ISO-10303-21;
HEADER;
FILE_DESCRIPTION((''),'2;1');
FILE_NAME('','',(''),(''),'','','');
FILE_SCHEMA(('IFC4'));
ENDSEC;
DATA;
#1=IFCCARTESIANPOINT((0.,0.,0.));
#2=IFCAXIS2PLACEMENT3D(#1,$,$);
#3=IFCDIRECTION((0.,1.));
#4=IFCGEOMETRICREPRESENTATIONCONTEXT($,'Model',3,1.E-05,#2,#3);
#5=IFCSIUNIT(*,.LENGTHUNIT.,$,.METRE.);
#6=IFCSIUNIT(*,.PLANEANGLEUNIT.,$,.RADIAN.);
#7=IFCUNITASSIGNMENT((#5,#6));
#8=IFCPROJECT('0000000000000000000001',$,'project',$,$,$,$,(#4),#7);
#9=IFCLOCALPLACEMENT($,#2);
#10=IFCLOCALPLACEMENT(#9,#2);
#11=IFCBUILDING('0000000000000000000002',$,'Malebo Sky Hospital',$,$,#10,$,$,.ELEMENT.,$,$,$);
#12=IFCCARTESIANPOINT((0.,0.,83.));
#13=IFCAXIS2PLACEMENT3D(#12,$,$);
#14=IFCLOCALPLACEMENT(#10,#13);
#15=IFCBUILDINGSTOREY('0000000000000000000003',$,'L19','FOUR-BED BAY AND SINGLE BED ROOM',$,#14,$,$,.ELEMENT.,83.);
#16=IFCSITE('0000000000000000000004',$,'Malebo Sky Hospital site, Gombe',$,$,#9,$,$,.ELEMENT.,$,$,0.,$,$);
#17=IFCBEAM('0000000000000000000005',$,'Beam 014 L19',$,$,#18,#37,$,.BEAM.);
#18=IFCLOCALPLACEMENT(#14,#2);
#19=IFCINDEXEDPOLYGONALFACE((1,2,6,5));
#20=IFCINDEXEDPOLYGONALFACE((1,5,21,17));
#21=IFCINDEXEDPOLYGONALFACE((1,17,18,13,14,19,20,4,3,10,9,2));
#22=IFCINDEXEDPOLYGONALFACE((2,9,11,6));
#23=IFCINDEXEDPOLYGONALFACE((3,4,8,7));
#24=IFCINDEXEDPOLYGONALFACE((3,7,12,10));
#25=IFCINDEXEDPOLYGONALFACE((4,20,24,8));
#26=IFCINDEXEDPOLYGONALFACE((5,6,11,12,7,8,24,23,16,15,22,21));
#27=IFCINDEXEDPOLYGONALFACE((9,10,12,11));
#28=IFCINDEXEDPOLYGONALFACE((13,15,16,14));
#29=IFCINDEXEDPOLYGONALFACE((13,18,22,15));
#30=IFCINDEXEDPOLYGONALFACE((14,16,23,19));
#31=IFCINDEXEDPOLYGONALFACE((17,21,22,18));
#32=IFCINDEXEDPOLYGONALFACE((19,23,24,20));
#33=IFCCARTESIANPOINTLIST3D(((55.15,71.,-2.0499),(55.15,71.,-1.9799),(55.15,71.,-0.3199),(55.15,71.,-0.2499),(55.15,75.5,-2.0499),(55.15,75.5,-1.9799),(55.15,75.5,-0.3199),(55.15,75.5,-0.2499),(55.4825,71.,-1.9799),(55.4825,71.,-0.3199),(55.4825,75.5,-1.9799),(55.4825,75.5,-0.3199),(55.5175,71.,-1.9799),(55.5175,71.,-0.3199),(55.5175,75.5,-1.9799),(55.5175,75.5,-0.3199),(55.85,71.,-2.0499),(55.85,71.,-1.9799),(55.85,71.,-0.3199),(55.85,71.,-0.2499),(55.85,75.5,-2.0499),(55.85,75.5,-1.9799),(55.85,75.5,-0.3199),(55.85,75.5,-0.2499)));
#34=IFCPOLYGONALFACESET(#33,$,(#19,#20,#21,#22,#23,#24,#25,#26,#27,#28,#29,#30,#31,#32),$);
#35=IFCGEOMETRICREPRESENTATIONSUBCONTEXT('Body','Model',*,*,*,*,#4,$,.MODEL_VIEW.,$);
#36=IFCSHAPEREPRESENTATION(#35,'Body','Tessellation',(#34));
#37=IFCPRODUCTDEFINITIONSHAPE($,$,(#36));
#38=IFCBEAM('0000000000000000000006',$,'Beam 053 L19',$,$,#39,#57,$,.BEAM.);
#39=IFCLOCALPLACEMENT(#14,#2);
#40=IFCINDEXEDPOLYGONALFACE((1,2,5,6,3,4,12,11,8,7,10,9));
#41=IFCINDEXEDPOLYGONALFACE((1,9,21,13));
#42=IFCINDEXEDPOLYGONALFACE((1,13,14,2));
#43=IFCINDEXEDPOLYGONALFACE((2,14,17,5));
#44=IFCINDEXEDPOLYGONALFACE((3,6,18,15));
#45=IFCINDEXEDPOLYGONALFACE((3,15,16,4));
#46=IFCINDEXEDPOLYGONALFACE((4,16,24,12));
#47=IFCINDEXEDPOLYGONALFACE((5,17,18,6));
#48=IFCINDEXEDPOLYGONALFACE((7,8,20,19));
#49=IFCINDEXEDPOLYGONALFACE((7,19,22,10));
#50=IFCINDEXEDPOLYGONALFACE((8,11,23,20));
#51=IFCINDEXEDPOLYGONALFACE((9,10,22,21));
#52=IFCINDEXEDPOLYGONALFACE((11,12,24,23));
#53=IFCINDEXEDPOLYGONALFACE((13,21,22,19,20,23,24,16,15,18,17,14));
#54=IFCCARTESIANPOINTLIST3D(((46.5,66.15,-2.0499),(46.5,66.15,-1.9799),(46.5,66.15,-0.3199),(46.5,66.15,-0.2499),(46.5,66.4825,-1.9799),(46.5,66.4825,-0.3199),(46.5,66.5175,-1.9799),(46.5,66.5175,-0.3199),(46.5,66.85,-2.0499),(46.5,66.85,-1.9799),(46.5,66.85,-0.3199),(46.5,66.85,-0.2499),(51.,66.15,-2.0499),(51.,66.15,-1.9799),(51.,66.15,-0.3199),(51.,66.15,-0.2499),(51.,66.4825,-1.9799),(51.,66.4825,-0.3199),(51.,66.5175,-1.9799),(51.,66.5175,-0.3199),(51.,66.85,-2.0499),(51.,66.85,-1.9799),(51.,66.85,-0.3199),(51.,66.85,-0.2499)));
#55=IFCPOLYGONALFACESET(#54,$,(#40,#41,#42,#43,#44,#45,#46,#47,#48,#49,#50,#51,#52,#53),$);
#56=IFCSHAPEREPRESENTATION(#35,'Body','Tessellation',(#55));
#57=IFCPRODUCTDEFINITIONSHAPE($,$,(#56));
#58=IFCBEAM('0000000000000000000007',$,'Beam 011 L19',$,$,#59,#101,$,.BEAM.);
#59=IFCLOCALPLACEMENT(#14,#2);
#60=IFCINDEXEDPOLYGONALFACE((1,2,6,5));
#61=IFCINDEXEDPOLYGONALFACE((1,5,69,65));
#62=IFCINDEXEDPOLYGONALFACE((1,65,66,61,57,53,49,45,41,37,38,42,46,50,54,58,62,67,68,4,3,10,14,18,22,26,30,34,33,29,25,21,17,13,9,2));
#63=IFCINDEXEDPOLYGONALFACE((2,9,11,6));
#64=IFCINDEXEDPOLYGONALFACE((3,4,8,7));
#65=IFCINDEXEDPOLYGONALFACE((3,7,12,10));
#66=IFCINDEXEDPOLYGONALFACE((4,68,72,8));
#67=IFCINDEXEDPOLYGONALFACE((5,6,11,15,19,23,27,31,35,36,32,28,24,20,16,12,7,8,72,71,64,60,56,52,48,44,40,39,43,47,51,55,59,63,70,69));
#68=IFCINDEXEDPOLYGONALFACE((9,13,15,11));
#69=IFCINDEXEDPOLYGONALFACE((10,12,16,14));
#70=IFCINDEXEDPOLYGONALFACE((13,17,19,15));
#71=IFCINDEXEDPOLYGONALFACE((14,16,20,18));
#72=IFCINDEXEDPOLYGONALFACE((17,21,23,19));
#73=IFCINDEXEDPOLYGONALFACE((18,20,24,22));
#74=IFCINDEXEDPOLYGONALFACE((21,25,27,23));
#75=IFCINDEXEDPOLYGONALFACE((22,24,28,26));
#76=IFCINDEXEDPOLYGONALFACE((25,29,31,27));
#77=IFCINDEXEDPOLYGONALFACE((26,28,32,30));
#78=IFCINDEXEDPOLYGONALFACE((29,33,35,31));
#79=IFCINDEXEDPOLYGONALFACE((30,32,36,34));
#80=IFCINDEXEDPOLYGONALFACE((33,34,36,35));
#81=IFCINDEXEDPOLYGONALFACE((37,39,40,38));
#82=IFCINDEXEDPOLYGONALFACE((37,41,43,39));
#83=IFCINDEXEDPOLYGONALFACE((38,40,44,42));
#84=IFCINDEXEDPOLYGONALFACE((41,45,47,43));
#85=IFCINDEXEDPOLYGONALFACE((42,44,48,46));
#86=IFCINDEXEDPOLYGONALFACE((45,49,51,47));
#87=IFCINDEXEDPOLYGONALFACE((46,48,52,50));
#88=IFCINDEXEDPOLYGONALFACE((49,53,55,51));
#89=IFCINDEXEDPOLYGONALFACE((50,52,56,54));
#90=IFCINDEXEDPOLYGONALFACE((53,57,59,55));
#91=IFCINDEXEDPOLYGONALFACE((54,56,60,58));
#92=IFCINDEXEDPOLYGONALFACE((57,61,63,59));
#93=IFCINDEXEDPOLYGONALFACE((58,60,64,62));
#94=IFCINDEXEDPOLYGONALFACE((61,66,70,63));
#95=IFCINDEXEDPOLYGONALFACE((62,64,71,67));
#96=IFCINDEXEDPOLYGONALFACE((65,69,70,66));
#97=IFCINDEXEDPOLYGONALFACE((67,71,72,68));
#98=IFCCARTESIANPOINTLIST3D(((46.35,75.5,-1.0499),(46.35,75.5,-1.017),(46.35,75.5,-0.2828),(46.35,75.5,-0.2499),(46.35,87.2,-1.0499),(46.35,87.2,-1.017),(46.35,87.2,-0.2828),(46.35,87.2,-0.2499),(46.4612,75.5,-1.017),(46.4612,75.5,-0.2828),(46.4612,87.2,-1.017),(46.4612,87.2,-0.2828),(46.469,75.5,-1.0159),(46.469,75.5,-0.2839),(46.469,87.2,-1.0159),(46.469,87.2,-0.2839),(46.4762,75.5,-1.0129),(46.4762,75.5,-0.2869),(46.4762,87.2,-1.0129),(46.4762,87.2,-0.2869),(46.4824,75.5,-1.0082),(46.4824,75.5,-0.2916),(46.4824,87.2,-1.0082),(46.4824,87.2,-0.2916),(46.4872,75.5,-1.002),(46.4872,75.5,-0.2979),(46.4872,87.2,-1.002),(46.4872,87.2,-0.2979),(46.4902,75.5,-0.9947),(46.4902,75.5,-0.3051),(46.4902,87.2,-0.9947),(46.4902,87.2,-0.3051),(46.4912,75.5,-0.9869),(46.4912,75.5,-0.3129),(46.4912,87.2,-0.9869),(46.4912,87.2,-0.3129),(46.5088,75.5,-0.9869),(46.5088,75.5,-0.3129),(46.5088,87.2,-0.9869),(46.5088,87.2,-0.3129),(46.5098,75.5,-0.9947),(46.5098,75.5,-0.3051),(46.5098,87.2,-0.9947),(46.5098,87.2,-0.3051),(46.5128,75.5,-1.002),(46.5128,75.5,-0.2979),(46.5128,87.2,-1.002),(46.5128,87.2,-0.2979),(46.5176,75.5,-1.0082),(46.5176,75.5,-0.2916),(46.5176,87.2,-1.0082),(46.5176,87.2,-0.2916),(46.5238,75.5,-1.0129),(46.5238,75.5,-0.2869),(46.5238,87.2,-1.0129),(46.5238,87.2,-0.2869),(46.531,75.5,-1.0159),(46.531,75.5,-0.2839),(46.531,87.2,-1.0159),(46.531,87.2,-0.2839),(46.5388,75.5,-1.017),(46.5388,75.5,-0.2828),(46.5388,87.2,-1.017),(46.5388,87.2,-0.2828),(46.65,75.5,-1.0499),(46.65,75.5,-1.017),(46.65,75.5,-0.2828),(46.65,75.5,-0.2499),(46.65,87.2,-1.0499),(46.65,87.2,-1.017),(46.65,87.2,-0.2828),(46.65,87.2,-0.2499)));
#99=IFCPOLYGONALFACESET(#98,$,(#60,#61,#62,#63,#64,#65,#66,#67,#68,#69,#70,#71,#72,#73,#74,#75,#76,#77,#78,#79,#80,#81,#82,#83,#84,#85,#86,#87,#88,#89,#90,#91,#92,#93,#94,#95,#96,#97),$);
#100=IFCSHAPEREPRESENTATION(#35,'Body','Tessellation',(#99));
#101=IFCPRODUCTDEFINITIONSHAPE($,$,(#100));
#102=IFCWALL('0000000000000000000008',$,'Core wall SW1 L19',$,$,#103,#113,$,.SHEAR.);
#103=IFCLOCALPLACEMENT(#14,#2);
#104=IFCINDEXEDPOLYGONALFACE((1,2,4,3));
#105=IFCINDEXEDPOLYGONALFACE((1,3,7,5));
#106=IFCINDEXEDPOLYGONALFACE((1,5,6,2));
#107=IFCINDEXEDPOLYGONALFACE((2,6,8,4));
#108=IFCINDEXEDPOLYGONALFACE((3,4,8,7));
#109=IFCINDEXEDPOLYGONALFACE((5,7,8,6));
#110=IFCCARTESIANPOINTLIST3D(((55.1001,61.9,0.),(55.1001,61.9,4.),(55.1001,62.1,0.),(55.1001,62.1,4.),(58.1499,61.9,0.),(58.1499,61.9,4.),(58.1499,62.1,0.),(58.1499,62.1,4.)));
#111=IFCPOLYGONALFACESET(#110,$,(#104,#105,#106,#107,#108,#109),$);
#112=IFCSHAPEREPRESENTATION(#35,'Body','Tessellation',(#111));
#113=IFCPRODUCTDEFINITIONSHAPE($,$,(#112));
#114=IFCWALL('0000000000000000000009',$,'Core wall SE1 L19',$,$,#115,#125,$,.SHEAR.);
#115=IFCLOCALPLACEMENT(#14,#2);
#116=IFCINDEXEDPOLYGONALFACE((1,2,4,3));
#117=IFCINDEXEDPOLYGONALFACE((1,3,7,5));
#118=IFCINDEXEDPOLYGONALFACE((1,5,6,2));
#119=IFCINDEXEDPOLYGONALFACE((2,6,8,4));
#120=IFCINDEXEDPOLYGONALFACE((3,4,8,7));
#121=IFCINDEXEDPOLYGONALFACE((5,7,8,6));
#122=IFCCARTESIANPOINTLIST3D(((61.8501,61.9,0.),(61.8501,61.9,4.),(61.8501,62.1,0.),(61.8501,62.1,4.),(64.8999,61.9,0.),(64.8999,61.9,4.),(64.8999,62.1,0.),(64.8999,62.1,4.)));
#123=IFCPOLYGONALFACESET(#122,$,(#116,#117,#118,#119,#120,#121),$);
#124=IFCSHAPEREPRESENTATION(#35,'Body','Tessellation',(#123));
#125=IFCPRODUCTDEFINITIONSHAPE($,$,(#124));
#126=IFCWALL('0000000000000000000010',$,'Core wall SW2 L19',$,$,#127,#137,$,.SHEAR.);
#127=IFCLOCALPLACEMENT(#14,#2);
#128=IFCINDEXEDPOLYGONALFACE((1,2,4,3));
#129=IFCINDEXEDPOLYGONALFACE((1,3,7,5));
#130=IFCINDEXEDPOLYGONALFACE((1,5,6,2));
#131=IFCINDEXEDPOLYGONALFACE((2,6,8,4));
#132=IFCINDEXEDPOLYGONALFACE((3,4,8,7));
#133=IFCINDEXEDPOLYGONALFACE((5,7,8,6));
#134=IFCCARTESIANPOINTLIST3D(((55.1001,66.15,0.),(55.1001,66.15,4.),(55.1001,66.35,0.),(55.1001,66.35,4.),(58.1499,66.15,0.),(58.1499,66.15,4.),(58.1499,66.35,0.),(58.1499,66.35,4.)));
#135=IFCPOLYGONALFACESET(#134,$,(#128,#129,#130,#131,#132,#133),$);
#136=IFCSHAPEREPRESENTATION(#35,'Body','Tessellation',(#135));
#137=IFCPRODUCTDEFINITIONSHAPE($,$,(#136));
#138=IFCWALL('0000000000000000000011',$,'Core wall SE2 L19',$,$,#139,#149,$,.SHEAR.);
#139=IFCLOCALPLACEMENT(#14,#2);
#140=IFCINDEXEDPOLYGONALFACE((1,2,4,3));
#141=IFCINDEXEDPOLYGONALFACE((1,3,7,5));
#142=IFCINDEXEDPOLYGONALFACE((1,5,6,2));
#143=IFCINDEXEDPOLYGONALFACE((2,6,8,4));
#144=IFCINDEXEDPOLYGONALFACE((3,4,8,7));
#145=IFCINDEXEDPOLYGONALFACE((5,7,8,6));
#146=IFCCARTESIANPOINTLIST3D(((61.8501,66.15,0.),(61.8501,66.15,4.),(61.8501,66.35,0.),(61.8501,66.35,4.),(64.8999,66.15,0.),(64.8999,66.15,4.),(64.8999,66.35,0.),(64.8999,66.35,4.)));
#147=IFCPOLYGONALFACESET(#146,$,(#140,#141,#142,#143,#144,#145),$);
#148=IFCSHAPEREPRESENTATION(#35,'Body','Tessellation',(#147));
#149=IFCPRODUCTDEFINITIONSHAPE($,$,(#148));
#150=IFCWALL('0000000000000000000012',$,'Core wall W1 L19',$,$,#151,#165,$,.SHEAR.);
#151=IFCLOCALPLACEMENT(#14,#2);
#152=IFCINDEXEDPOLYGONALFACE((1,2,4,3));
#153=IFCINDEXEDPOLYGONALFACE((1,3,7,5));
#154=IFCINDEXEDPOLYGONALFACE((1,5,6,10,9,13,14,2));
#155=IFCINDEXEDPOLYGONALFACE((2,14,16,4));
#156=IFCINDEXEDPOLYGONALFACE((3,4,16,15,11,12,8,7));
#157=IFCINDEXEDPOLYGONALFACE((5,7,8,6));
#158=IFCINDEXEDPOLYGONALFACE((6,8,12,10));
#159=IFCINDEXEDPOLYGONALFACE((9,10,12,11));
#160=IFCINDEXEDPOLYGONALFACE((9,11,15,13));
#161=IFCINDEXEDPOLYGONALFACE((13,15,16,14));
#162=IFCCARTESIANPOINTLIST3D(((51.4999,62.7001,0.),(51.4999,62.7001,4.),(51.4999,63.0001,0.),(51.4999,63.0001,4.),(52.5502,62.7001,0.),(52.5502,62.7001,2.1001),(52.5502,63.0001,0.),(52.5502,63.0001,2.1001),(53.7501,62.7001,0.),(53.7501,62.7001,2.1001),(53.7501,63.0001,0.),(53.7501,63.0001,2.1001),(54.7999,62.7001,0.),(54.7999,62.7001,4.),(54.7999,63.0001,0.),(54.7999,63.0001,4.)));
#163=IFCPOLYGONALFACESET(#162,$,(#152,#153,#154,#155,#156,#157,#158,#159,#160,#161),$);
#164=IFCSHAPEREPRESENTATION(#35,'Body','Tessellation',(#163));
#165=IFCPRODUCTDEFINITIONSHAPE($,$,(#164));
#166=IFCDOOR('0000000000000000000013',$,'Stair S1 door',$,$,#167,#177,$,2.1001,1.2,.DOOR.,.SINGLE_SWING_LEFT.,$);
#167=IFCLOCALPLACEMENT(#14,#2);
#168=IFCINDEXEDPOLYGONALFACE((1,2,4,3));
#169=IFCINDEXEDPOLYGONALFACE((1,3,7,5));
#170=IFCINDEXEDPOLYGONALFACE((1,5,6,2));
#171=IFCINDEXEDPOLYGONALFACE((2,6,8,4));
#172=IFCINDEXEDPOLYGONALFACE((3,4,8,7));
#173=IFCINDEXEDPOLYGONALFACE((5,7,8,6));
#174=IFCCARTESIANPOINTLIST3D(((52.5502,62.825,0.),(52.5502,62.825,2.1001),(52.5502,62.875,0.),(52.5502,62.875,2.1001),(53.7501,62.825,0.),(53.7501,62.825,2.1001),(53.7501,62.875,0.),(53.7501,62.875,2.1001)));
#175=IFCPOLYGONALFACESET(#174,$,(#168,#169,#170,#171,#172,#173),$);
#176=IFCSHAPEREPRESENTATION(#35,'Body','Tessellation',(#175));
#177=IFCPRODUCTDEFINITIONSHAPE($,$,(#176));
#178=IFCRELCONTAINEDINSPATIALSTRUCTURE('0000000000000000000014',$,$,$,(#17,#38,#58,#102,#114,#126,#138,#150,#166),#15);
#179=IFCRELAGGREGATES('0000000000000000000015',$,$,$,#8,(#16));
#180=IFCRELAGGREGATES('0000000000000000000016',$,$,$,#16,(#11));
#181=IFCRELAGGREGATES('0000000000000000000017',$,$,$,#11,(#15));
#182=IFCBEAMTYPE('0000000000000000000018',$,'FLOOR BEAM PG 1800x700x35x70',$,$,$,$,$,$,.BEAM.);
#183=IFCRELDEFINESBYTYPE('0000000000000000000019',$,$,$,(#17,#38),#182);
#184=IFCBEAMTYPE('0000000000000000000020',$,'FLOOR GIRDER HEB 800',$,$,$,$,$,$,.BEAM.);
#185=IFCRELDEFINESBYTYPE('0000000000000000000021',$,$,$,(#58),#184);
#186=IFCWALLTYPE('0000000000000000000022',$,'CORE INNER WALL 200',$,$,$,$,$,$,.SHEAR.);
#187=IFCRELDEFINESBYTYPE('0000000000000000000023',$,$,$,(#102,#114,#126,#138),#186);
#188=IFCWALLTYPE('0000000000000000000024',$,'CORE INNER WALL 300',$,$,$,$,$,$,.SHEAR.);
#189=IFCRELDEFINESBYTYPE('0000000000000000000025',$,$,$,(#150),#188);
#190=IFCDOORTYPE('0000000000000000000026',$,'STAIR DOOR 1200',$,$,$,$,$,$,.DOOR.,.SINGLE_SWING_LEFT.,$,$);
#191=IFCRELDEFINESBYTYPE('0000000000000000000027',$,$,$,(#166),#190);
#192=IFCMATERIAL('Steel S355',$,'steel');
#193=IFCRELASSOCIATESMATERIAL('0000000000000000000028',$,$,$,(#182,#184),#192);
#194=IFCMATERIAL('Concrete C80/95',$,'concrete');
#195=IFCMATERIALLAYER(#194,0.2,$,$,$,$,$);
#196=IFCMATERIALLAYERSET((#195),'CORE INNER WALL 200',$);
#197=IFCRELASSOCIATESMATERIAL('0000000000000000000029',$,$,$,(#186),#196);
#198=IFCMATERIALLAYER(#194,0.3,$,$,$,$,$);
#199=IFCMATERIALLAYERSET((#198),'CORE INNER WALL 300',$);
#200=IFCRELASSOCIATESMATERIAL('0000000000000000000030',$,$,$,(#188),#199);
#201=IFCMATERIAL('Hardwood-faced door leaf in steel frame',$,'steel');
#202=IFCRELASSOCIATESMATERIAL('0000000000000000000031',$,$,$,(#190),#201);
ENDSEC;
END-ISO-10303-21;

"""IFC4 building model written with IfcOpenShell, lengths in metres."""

from ifc_helpers import new_model, si_unit, direction, frame, frame_2d, origin, origin_2d, place, context, subcontext, project, spatial, rectangle, i_section, extrude, material, layer, layer_set, material_profile, profile_set, type_object, element, fill, save


model = new_model("IFC4")

# Units and contexts
model_context = context("Model", 3, precision=1e-05, world=origin(), true_north=direction((0.0, 1.0)))
body_context = subcontext(model_context, "Body", "Model", "MODEL_VIEW")
ifc_project = project(units=[si_unit("LENGTHUNIT", "METRE"), si_unit("PLANEANGLEUNIT", "RADIAN")], contexts=[model_context])

# Site, building, storey
site_placement = place(None, origin())
site = spatial("IfcSite", under=ifc_project, at=site_placement, Name="Malebo Sky Hospital site, Gombe", CompositionType="ELEMENT", RefElevation=0.0)
building_placement = place(site_placement, origin())
building = spatial("IfcBuilding", under=site, at=building_placement, Name="Malebo Sky Hospital", CompositionType="ELEMENT")
storey_placement = place(building_placement, frame((0.0, 0.0, 83.0)))
storey = spatial("IfcBuildingStorey", under=building, at=storey_placement, Name="L19", Description="FOUR-BED BAY AND SINGLE BED ROOM", CompositionType="ELEMENT", Elevation=83.0)

# Beams
ifc_material_1 = material(Name="Steel S355", Category="steel")
ifc_material_profile_1 = material_profile(ifc_material_1, i_section(OverallWidth=0.7, OverallDepth=1.8, WebThickness=0.0349, FlangeThickness=0.0701, at=origin_2d()), Name="PG 1800x700x35x70")
ifc_profile_set_1 = profile_set([ifc_material_profile_1], Name="Steel S355")
beam_type_1 = type_object("IfcBeamType", Name="FLOOR BEAM PG 1800x700x35x70", PredefinedType="BEAM", material=ifc_profile_set_1)
for number, where, z_axis, x_axis, name in (
    (1, (55.5, 71.0, -1.1499), (0.0, 1.0, 0.0), (-1.0, 0.0, 0.0), "Beam 014 L19"),
    (2, (46.5, 66.5, -1.1499), (1.0, 0.0, 0.0), (0.0, 1.0, 0.0), "Beam 053 L19"),
):
    element("IfcBeam", number, at=place(storey_placement, frame(where, z_axis=z_axis, x_axis=x_axis)), inside=storey, type_object=beam_type_1, Name=name, PredefinedType="BEAM", context=body_context, shape_type="SweptSolid", body=[
        extrude(i_section(OverallWidth=0.7, OverallDepth=1.8, WebThickness=0.0349, FlangeThickness=0.0701, at=origin_2d()), origin(), (0.0, 0.0, 1.0), 4.5),
    ])
ifc_material_profile_2 = material_profile(ifc_material_1, i_section(OverallWidth=0.3, OverallDepth=0.8, WebThickness=0.0176, FlangeThickness=0.033, FilletRadius=0.03, at=origin_2d()), Name="HEB 800")
ifc_profile_set_2 = profile_set([ifc_material_profile_2], Name="Steel S355")
beam_type_2 = type_object("IfcBeamType", Name="FLOOR GIRDER HEB 800", PredefinedType="BEAM", material=ifc_profile_set_2)
beam_1_placement = place(storey_placement, frame((46.5, 75.5, -0.6499), z_axis=(0.0, 1.0, 0.0), x_axis=(-1.0, 0.0, 0.0)))
element("IfcBeam", 3, at=beam_1_placement, inside=storey, type_object=beam_type_2, Name="Beam 011 L19", PredefinedType="BEAM", context=body_context, shape_type="SweptSolid", body=[
    extrude(i_section(OverallWidth=0.3, OverallDepth=0.8, WebThickness=0.0176, FlangeThickness=0.033, FilletRadius=0.03, at=origin_2d()), origin(), (0.0, 0.0, 1.0), 11.7),
])

# Walls
ifc_material_2 = material(Name="Concrete C80/95", Category="concrete")
ifc_layer_1 = layer(ifc_material_2, 0.2)
ifc_layer_set_1 = layer_set([ifc_layer_1], Name="CORE INNER WALL 200")
wall_type_1 = type_object("IfcWallType", Name="CORE INNER WALL 200", PredefinedType="SHEAR", material=ifc_layer_set_1)
for number, where, z_axis, x_axis, name in (
    (4, (55.1001, 62.0, 0.0), (0.0, 0.0, 1.0), (1.0, 0.0, 0.0), "Core wall SW1 L19"),
    (5, (61.8501, 62.0, 0.0), (0.0, 0.0, 1.0), (1.0, 0.0, 0.0), "Core wall SE1 L19"),
    (6, (55.1001, 66.25, 0.0), (0.0, 0.0, 1.0), (1.0, 0.0, 0.0), "Core wall SW2 L19"),
    (7, (61.8501, 66.25, 0.0), (0.0, 0.0, 1.0), (1.0, 0.0, 0.0), "Core wall SE2 L19"),
):
    element("IfcWall", number, at=place(storey_placement, frame(where, z_axis=z_axis, x_axis=x_axis)), inside=storey, type_object=wall_type_1, Name=name, PredefinedType="SHEAR", context=body_context, shape_type="SweptSolid", body=[
        extrude(rectangle(XDim=3.0498, YDim=0.2, at=frame_2d((1.5249, 0.0))), origin(), (0.0, 0.0, 1.0), 4.0),
    ])

# Wall, opening, door
ifc_layer_2 = layer(ifc_material_2, 0.3)
ifc_layer_set_2 = layer_set([ifc_layer_2], Name="CORE INNER WALL 300")
wall_type_2 = type_object("IfcWallType", Name="CORE INNER WALL 300", PredefinedType="SHEAR", material=ifc_layer_set_2)
wall_1_placement = place(storey_placement, frame((51.5, 62.8501, 0.0), z_axis=(0.0, 0.0, 1.0), x_axis=(1.0, 0.0, 0.0)))
wall_1 = element("IfcWall", 8, at=wall_1_placement, inside=storey, type_object=wall_type_2, Name="Core wall W1 L19", PredefinedType="SHEAR", context=body_context, shape_type="SweptSolid", body=[
    extrude(rectangle(XDim=3.3, YDim=0.3, at=frame_2d((1.6499, 0.0))), origin(), (0.0, 0.0, 1.0), 4.0),
])
opening_1_placement = place(wall_1_placement, frame((1.05, 0.0, 0.0)))
opening_1 = element("IfcOpeningElement", 9, at=opening_1_placement, cuts=wall_1, PredefinedType="OPENING", context=body_context, shape_type="SweptSolid", body=[
    extrude(rectangle(XDim=1.2, YDim=2.1001, at=frame_2d((0.6001, 1.05))), frame((0.0, 0.1599, 0.0), z_axis=(0.0, -1.0, 0.0), x_axis=(1.0, 0.0, 0.0)), (0.0, 0.0, 1.0), 0.3201),
])
ifc_material_3 = material(Name="Hardwood-faced door leaf in steel frame", Category="steel")
door_type_1 = type_object("IfcDoorType", Name="STAIR DOOR 1200", OperationType="SINGLE_SWING_LEFT", PredefinedType="DOOR", material=ifc_material_3)
door_1_placement = place(opening_1_placement, origin())
door_1 = element("IfcDoor", 10, at=door_1_placement, inside=storey, type_object=door_type_1, Name="Stair S1 door", OperationType="SINGLE_SWING_LEFT", OverallHeight=2.1001, OverallWidth=1.2, PredefinedType="DOOR", context=body_context, shape_type="SweptSolid", body=[
    extrude(rectangle(XDim=1.2, YDim=2.1001, at=frame_2d((0.6001, 1.05))), frame((0.0, 0.0249, 0.0), z_axis=(0.0, -1.0, 0.0), x_axis=(1.0, 0.0, 0.0)), (0.0, 0.0, 1.0), 0.05),
])
fill(opening_1, door_1)

save(model, "model.ifc")
